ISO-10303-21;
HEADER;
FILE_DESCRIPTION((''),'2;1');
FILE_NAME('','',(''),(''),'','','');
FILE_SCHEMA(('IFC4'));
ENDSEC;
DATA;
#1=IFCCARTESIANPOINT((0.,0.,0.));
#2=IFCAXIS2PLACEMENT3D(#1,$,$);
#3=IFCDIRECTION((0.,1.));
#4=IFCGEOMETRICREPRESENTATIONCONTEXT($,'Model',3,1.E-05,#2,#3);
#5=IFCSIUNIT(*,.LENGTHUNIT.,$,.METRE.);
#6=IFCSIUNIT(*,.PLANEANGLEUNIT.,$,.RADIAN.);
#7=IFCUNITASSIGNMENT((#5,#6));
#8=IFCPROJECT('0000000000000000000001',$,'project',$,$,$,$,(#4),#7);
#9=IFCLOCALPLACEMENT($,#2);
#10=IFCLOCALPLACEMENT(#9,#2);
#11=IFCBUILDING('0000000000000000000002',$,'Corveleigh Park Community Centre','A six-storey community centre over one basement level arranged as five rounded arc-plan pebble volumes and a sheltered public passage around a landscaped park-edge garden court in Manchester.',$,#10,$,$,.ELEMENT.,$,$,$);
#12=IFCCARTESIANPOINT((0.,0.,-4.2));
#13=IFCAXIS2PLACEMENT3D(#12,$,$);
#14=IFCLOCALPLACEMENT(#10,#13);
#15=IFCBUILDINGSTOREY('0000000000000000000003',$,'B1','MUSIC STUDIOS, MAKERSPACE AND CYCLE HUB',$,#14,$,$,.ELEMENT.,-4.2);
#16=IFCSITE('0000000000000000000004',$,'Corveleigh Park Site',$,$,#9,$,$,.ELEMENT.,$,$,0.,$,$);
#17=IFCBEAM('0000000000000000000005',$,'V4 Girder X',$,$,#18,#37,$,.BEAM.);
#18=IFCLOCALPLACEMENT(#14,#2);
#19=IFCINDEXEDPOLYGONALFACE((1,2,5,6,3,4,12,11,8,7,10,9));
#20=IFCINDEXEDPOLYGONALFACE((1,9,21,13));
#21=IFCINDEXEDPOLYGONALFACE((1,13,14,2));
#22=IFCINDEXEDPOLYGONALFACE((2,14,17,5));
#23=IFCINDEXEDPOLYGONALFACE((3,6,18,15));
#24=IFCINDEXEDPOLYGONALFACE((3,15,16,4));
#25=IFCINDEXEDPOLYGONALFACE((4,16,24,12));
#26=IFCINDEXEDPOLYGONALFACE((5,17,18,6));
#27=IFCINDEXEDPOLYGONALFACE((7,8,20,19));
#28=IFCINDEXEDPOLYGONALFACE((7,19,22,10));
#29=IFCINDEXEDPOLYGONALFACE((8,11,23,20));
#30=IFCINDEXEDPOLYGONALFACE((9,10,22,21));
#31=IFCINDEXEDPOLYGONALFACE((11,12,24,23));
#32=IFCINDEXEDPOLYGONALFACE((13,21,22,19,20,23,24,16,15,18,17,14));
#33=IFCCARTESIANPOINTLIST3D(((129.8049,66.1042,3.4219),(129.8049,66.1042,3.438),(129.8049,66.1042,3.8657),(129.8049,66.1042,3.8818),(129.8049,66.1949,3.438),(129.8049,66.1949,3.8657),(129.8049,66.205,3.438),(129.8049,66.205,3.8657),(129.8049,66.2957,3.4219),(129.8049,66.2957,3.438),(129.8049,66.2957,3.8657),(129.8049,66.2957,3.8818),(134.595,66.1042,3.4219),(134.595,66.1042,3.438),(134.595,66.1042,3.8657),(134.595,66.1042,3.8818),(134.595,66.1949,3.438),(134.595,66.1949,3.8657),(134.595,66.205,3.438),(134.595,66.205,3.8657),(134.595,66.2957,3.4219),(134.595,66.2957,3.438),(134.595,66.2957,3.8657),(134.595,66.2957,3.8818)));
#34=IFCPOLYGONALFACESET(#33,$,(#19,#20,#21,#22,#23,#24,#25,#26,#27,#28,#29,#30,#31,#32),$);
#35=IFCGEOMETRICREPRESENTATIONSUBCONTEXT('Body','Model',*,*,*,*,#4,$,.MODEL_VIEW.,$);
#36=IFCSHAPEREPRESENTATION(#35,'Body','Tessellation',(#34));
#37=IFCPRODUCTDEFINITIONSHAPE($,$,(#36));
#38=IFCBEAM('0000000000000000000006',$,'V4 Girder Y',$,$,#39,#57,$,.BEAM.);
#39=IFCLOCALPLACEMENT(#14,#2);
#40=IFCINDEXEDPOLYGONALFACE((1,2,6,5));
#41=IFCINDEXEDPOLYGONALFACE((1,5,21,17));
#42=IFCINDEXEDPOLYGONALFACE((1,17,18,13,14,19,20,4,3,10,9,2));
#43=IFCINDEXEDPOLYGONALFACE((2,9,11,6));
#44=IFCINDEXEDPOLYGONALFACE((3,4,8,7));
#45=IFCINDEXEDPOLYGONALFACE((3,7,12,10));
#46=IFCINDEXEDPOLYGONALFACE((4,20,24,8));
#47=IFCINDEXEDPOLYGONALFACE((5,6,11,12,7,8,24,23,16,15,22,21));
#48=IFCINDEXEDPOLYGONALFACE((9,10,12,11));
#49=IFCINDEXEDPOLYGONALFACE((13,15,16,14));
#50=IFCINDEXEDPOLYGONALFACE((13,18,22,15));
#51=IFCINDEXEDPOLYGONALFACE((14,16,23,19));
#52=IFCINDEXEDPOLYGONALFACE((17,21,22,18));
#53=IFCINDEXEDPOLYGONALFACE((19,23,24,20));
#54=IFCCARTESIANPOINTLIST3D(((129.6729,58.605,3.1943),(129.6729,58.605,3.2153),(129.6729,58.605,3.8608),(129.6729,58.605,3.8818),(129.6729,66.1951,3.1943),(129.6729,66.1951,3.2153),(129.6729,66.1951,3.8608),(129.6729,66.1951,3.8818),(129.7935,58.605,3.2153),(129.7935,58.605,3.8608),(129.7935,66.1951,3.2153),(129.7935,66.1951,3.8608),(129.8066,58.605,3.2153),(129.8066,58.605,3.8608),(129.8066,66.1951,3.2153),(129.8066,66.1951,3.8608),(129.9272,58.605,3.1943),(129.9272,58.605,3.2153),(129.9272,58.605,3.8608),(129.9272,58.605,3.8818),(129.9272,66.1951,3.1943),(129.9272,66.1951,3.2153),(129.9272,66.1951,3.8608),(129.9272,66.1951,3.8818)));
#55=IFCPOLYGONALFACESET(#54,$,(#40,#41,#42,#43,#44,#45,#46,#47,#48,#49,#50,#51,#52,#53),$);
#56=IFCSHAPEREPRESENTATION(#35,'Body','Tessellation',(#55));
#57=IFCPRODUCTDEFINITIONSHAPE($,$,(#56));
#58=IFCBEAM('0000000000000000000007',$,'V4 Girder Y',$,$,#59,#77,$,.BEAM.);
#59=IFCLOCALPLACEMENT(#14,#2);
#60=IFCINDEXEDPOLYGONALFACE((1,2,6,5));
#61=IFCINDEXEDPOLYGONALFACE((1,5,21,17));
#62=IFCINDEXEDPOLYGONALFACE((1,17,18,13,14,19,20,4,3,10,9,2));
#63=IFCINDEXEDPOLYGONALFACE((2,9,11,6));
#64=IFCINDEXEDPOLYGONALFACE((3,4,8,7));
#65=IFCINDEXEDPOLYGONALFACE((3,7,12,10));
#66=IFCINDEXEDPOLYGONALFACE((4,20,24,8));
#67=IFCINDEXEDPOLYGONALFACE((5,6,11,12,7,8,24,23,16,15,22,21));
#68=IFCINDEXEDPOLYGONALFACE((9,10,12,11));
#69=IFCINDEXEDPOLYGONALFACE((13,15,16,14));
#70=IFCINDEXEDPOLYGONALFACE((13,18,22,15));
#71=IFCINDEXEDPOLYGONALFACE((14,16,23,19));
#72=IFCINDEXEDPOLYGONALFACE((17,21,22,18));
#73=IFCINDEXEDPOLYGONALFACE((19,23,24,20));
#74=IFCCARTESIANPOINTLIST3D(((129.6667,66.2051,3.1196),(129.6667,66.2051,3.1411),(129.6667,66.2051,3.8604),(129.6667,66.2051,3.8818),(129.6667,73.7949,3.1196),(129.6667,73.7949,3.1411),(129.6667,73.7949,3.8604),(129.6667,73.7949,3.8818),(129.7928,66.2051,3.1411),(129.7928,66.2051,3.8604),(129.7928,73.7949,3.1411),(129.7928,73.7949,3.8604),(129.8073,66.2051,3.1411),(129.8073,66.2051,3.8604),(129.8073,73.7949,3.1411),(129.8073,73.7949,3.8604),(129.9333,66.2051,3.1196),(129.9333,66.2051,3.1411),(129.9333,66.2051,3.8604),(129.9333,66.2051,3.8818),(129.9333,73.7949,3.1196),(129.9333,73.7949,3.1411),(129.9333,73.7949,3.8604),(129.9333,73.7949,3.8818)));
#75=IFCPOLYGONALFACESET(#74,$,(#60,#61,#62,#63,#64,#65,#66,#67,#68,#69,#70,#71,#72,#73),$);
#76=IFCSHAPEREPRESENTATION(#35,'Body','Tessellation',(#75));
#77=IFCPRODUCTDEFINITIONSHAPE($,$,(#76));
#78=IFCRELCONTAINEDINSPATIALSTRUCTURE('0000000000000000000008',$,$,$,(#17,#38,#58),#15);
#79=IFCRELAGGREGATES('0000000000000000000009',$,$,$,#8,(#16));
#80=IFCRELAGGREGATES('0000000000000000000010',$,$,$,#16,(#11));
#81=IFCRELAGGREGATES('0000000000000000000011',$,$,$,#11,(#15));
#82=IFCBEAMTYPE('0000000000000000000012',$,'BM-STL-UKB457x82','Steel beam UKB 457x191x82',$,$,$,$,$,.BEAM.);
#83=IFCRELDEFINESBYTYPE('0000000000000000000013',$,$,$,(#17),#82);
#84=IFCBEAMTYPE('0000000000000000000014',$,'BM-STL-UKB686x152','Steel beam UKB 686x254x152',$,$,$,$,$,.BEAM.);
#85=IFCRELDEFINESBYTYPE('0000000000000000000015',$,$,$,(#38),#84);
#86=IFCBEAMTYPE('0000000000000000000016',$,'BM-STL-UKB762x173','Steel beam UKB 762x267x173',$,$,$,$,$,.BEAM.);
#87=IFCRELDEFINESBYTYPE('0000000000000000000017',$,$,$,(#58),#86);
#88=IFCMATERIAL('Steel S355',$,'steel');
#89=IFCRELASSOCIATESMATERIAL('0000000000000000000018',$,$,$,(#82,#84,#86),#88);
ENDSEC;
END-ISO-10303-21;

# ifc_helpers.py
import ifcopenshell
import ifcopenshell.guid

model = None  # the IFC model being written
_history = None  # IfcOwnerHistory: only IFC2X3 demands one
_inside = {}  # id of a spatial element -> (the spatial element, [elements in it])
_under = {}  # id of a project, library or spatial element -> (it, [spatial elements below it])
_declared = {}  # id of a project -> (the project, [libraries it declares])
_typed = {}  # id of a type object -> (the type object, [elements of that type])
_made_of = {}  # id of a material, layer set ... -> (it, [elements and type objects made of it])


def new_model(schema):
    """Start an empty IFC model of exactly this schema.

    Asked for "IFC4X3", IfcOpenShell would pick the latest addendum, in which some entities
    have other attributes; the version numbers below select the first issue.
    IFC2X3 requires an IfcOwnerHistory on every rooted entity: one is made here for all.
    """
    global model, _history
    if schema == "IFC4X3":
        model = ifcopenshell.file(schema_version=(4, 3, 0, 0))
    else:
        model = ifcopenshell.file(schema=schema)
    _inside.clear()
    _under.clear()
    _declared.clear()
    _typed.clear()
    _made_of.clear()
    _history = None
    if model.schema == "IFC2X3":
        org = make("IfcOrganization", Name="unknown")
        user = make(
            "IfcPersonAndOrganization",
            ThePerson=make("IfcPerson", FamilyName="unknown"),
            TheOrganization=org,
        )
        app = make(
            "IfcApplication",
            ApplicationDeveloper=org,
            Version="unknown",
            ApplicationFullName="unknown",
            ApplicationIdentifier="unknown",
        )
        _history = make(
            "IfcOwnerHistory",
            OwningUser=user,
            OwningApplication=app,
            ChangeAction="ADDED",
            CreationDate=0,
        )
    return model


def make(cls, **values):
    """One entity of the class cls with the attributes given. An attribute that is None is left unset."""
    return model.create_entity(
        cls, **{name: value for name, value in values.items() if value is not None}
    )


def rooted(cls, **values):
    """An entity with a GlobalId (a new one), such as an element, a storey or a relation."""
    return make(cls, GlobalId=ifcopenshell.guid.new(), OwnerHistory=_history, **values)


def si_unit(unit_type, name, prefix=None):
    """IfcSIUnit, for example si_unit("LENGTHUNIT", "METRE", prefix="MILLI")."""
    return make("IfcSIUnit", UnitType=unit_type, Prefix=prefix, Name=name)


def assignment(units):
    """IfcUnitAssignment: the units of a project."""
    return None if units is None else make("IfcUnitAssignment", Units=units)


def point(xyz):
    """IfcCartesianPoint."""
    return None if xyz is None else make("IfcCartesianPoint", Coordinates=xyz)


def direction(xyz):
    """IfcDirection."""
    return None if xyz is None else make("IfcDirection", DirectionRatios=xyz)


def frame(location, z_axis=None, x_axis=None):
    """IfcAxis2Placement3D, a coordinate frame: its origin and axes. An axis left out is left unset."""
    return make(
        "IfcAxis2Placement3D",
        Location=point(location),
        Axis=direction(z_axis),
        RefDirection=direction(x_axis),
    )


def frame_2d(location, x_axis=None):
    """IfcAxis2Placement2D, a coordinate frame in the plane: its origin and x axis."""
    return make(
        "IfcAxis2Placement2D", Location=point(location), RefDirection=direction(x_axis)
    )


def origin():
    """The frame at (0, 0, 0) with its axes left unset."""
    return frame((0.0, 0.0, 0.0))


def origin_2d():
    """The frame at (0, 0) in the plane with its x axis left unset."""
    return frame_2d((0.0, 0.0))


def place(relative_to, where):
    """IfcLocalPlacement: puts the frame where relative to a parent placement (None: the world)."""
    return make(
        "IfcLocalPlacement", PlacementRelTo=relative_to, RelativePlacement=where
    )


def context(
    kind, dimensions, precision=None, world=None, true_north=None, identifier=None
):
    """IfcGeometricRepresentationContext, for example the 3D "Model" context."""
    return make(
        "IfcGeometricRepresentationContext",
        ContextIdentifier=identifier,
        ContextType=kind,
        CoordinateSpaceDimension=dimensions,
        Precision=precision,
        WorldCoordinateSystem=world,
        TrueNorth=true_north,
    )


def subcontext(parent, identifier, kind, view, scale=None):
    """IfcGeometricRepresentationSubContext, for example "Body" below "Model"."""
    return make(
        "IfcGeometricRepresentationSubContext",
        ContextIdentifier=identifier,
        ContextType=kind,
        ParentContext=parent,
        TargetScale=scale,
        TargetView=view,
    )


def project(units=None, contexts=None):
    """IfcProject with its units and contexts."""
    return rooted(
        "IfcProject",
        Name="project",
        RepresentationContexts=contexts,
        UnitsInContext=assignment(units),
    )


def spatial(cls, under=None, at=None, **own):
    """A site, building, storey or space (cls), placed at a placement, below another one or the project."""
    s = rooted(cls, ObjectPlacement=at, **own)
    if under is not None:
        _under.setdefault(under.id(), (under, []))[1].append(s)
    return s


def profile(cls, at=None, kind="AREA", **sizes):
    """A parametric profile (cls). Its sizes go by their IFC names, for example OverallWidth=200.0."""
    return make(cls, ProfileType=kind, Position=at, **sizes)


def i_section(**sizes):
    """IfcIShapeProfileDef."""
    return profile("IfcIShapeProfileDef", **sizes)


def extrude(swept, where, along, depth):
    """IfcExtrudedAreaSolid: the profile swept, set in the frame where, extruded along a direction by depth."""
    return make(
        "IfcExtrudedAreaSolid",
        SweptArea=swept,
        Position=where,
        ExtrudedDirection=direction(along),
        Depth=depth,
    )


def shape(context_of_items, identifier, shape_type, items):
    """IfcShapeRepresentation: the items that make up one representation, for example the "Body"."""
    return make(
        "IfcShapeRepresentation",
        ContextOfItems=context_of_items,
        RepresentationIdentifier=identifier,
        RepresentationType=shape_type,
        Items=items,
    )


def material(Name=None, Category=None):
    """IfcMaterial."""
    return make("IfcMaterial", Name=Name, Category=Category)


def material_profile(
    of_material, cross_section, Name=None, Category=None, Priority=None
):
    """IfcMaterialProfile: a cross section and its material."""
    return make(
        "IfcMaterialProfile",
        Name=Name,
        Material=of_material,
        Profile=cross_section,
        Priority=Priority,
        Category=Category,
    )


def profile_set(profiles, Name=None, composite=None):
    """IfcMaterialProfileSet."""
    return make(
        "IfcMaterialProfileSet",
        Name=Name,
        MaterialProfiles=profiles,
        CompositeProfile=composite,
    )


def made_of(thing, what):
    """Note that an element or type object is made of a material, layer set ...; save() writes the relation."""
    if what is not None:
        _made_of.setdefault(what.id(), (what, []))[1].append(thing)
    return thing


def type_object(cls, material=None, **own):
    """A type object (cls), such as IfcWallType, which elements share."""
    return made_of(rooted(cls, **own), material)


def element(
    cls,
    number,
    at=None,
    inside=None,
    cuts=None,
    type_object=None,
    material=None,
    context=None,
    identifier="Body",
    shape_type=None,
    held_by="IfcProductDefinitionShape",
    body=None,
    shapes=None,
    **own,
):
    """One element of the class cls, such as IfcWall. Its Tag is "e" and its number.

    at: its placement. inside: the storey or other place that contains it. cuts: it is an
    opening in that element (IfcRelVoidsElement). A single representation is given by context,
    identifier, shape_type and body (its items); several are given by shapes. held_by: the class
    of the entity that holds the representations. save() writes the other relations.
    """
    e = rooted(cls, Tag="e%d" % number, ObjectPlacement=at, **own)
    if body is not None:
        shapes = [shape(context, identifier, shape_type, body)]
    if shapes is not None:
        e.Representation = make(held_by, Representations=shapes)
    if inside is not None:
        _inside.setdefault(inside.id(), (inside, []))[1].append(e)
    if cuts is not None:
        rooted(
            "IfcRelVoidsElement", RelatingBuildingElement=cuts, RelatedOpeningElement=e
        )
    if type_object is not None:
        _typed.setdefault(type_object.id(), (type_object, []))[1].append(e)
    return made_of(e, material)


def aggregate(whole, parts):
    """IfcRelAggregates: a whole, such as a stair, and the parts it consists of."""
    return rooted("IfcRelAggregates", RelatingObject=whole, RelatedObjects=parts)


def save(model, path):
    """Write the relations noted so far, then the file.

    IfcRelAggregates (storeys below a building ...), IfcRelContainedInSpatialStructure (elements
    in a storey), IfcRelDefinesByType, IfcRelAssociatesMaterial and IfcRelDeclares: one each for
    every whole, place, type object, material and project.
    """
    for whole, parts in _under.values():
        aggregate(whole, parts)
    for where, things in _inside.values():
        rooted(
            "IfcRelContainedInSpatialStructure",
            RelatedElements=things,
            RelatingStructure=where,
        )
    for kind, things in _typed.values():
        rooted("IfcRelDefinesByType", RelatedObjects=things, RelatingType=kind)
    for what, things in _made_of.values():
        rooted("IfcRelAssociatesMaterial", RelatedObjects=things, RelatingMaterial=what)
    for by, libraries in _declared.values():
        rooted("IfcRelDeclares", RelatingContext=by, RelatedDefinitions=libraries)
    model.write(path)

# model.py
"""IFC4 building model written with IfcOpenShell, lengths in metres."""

from ifc_helpers import new_model, si_unit, direction, frame, origin, origin_2d, place, context, subcontext, project, spatial, i_section, extrude, material, material_profile, profile_set, type_object, element, save


model = new_model("IFC4")

# Units and contexts
model_context = context("Model", 3, precision=1e-05, world=origin(), true_north=direction((0.0, 1.0)))
body_context = subcontext(model_context, "Body", "Model", "MODEL_VIEW")
ifc_project = project(units=[si_unit("LENGTHUNIT", "METRE"), si_unit("PLANEANGLEUNIT", "RADIAN")], contexts=[model_context])

# Site, building, storey
site_placement = place(None, origin())
site = spatial("IfcSite", under=ifc_project, at=site_placement, Name="Corveleigh Park Site", CompositionType="ELEMENT", RefElevation=0.0)
building_placement = place(site_placement, origin())
building = spatial("IfcBuilding", under=site, at=building_placement, Name="Corveleigh Park Community Centre", Description="A six-storey community centre over one basement level arranged as five rounded arc-plan pebble volumes and a sheltered public passage around a landscaped park-edge garden court in Manchester.", CompositionType="ELEMENT")
storey_placement = place(building_placement, frame((0.0, 0.0, -4.2)))
storey = spatial("IfcBuildingStorey", under=building, at=storey_placement, Name="B1", Description="MUSIC STUDIOS, MAKERSPACE AND CYCLE HUB", CompositionType="ELEMENT", Elevation=-4.2)

# Shared definitions
ifc_material_1 = material(Name="Steel S355", Category="steel")

# Beams
ifc_material_profile_1 = material_profile(ifc_material_1, i_section(OverallWidth=0.1914, OverallDepth=0.46, WebThickness=0.01, FlangeThickness=0.0161, at=origin_2d()), Name="UKB 457x191x82", Category="steel")
ifc_profile_set_1 = profile_set([ifc_material_profile_1], Name="Steel S355")
beam_type_1 = type_object("IfcBeamType", Name="BM-STL-UKB457x82", Description="Steel beam UKB 457x191x82", PredefinedType="BEAM", material=ifc_profile_set_1)
beam_1_placement = place(storey_placement, frame((129.8049, 66.2, 3.6519), z_axis=(1.0, 0.0, 0.0), x_axis=(0.0, 1.0, 0.0)))
element("IfcBeam", 1, at=beam_1_placement, inside=storey, type_object=beam_type_1, Name="V4 Girder X", PredefinedType="BEAM", context=body_context, shape_type="SweptSolid", body=[
    extrude(i_section(OverallWidth=0.1914, OverallDepth=0.46, WebThickness=0.01, FlangeThickness=0.0161, at=origin_2d()), origin(), (0.0, 0.0, 1.0), 4.79),
])
ifc_material_profile_2 = material_profile(ifc_material_1, i_section(OverallWidth=0.2544, OverallDepth=0.6875, WebThickness=0.0132, FlangeThickness=0.021, at=origin_2d()), Name="UKB 686x254x152", Category="steel")
ifc_profile_set_2 = profile_set([ifc_material_profile_2], Name="Steel S355")
beam_type_2 = type_object("IfcBeamType", Name="BM-STL-UKB686x152", Description="Steel beam UKB 686x254x152", PredefinedType="BEAM", material=ifc_profile_set_2)
beam_2_placement = place(storey_placement, frame((129.8, 58.605, 3.5381), z_axis=(0.0, 1.0, 0.0), x_axis=(-1.0, 0.0, 0.0)))
element("IfcBeam", 2, at=beam_2_placement, inside=storey, type_object=beam_type_2, Name="V4 Girder Y", PredefinedType="BEAM", context=body_context, shape_type="SweptSolid", body=[
    extrude(i_section(OverallWidth=0.2544, OverallDepth=0.6875, WebThickness=0.0132, FlangeThickness=0.021, at=origin_2d()), origin(), (0.0, 0.0, 1.0), 7.5901),
])
ifc_material_profile_3 = material_profile(ifc_material_1, i_section(OverallWidth=0.2666, OverallDepth=0.7622, WebThickness=0.0144, FlangeThickness=0.0215, at=origin_2d()), Name="UKB 762x267x173", Category="steel")
ifc_profile_set_3 = profile_set([ifc_material_profile_3], Name="Steel S355")
beam_type_3 = type_object("IfcBeamType", Name="BM-STL-UKB762x173", Description="Steel beam UKB 762x267x173", PredefinedType="BEAM", material=ifc_profile_set_3)
beam_3_placement = place(storey_placement, frame((129.8, 66.2051, 3.5007), z_axis=(0.0, 1.0, 0.0), x_axis=(-1.0, 0.0, 0.0)))
element("IfcBeam", 3, at=beam_3_placement, inside=storey, type_object=beam_type_3, Name="V4 Girder Y", PredefinedType="BEAM", context=body_context, shape_type="SweptSolid", body=[
    extrude(i_section(OverallWidth=0.2666, OverallDepth=0.7622, WebThickness=0.0144, FlangeThickness=0.0215, at=origin_2d()), origin(), (0.0, 0.0, 1.0), 7.5898),
])

save(model, "model.ifc")
